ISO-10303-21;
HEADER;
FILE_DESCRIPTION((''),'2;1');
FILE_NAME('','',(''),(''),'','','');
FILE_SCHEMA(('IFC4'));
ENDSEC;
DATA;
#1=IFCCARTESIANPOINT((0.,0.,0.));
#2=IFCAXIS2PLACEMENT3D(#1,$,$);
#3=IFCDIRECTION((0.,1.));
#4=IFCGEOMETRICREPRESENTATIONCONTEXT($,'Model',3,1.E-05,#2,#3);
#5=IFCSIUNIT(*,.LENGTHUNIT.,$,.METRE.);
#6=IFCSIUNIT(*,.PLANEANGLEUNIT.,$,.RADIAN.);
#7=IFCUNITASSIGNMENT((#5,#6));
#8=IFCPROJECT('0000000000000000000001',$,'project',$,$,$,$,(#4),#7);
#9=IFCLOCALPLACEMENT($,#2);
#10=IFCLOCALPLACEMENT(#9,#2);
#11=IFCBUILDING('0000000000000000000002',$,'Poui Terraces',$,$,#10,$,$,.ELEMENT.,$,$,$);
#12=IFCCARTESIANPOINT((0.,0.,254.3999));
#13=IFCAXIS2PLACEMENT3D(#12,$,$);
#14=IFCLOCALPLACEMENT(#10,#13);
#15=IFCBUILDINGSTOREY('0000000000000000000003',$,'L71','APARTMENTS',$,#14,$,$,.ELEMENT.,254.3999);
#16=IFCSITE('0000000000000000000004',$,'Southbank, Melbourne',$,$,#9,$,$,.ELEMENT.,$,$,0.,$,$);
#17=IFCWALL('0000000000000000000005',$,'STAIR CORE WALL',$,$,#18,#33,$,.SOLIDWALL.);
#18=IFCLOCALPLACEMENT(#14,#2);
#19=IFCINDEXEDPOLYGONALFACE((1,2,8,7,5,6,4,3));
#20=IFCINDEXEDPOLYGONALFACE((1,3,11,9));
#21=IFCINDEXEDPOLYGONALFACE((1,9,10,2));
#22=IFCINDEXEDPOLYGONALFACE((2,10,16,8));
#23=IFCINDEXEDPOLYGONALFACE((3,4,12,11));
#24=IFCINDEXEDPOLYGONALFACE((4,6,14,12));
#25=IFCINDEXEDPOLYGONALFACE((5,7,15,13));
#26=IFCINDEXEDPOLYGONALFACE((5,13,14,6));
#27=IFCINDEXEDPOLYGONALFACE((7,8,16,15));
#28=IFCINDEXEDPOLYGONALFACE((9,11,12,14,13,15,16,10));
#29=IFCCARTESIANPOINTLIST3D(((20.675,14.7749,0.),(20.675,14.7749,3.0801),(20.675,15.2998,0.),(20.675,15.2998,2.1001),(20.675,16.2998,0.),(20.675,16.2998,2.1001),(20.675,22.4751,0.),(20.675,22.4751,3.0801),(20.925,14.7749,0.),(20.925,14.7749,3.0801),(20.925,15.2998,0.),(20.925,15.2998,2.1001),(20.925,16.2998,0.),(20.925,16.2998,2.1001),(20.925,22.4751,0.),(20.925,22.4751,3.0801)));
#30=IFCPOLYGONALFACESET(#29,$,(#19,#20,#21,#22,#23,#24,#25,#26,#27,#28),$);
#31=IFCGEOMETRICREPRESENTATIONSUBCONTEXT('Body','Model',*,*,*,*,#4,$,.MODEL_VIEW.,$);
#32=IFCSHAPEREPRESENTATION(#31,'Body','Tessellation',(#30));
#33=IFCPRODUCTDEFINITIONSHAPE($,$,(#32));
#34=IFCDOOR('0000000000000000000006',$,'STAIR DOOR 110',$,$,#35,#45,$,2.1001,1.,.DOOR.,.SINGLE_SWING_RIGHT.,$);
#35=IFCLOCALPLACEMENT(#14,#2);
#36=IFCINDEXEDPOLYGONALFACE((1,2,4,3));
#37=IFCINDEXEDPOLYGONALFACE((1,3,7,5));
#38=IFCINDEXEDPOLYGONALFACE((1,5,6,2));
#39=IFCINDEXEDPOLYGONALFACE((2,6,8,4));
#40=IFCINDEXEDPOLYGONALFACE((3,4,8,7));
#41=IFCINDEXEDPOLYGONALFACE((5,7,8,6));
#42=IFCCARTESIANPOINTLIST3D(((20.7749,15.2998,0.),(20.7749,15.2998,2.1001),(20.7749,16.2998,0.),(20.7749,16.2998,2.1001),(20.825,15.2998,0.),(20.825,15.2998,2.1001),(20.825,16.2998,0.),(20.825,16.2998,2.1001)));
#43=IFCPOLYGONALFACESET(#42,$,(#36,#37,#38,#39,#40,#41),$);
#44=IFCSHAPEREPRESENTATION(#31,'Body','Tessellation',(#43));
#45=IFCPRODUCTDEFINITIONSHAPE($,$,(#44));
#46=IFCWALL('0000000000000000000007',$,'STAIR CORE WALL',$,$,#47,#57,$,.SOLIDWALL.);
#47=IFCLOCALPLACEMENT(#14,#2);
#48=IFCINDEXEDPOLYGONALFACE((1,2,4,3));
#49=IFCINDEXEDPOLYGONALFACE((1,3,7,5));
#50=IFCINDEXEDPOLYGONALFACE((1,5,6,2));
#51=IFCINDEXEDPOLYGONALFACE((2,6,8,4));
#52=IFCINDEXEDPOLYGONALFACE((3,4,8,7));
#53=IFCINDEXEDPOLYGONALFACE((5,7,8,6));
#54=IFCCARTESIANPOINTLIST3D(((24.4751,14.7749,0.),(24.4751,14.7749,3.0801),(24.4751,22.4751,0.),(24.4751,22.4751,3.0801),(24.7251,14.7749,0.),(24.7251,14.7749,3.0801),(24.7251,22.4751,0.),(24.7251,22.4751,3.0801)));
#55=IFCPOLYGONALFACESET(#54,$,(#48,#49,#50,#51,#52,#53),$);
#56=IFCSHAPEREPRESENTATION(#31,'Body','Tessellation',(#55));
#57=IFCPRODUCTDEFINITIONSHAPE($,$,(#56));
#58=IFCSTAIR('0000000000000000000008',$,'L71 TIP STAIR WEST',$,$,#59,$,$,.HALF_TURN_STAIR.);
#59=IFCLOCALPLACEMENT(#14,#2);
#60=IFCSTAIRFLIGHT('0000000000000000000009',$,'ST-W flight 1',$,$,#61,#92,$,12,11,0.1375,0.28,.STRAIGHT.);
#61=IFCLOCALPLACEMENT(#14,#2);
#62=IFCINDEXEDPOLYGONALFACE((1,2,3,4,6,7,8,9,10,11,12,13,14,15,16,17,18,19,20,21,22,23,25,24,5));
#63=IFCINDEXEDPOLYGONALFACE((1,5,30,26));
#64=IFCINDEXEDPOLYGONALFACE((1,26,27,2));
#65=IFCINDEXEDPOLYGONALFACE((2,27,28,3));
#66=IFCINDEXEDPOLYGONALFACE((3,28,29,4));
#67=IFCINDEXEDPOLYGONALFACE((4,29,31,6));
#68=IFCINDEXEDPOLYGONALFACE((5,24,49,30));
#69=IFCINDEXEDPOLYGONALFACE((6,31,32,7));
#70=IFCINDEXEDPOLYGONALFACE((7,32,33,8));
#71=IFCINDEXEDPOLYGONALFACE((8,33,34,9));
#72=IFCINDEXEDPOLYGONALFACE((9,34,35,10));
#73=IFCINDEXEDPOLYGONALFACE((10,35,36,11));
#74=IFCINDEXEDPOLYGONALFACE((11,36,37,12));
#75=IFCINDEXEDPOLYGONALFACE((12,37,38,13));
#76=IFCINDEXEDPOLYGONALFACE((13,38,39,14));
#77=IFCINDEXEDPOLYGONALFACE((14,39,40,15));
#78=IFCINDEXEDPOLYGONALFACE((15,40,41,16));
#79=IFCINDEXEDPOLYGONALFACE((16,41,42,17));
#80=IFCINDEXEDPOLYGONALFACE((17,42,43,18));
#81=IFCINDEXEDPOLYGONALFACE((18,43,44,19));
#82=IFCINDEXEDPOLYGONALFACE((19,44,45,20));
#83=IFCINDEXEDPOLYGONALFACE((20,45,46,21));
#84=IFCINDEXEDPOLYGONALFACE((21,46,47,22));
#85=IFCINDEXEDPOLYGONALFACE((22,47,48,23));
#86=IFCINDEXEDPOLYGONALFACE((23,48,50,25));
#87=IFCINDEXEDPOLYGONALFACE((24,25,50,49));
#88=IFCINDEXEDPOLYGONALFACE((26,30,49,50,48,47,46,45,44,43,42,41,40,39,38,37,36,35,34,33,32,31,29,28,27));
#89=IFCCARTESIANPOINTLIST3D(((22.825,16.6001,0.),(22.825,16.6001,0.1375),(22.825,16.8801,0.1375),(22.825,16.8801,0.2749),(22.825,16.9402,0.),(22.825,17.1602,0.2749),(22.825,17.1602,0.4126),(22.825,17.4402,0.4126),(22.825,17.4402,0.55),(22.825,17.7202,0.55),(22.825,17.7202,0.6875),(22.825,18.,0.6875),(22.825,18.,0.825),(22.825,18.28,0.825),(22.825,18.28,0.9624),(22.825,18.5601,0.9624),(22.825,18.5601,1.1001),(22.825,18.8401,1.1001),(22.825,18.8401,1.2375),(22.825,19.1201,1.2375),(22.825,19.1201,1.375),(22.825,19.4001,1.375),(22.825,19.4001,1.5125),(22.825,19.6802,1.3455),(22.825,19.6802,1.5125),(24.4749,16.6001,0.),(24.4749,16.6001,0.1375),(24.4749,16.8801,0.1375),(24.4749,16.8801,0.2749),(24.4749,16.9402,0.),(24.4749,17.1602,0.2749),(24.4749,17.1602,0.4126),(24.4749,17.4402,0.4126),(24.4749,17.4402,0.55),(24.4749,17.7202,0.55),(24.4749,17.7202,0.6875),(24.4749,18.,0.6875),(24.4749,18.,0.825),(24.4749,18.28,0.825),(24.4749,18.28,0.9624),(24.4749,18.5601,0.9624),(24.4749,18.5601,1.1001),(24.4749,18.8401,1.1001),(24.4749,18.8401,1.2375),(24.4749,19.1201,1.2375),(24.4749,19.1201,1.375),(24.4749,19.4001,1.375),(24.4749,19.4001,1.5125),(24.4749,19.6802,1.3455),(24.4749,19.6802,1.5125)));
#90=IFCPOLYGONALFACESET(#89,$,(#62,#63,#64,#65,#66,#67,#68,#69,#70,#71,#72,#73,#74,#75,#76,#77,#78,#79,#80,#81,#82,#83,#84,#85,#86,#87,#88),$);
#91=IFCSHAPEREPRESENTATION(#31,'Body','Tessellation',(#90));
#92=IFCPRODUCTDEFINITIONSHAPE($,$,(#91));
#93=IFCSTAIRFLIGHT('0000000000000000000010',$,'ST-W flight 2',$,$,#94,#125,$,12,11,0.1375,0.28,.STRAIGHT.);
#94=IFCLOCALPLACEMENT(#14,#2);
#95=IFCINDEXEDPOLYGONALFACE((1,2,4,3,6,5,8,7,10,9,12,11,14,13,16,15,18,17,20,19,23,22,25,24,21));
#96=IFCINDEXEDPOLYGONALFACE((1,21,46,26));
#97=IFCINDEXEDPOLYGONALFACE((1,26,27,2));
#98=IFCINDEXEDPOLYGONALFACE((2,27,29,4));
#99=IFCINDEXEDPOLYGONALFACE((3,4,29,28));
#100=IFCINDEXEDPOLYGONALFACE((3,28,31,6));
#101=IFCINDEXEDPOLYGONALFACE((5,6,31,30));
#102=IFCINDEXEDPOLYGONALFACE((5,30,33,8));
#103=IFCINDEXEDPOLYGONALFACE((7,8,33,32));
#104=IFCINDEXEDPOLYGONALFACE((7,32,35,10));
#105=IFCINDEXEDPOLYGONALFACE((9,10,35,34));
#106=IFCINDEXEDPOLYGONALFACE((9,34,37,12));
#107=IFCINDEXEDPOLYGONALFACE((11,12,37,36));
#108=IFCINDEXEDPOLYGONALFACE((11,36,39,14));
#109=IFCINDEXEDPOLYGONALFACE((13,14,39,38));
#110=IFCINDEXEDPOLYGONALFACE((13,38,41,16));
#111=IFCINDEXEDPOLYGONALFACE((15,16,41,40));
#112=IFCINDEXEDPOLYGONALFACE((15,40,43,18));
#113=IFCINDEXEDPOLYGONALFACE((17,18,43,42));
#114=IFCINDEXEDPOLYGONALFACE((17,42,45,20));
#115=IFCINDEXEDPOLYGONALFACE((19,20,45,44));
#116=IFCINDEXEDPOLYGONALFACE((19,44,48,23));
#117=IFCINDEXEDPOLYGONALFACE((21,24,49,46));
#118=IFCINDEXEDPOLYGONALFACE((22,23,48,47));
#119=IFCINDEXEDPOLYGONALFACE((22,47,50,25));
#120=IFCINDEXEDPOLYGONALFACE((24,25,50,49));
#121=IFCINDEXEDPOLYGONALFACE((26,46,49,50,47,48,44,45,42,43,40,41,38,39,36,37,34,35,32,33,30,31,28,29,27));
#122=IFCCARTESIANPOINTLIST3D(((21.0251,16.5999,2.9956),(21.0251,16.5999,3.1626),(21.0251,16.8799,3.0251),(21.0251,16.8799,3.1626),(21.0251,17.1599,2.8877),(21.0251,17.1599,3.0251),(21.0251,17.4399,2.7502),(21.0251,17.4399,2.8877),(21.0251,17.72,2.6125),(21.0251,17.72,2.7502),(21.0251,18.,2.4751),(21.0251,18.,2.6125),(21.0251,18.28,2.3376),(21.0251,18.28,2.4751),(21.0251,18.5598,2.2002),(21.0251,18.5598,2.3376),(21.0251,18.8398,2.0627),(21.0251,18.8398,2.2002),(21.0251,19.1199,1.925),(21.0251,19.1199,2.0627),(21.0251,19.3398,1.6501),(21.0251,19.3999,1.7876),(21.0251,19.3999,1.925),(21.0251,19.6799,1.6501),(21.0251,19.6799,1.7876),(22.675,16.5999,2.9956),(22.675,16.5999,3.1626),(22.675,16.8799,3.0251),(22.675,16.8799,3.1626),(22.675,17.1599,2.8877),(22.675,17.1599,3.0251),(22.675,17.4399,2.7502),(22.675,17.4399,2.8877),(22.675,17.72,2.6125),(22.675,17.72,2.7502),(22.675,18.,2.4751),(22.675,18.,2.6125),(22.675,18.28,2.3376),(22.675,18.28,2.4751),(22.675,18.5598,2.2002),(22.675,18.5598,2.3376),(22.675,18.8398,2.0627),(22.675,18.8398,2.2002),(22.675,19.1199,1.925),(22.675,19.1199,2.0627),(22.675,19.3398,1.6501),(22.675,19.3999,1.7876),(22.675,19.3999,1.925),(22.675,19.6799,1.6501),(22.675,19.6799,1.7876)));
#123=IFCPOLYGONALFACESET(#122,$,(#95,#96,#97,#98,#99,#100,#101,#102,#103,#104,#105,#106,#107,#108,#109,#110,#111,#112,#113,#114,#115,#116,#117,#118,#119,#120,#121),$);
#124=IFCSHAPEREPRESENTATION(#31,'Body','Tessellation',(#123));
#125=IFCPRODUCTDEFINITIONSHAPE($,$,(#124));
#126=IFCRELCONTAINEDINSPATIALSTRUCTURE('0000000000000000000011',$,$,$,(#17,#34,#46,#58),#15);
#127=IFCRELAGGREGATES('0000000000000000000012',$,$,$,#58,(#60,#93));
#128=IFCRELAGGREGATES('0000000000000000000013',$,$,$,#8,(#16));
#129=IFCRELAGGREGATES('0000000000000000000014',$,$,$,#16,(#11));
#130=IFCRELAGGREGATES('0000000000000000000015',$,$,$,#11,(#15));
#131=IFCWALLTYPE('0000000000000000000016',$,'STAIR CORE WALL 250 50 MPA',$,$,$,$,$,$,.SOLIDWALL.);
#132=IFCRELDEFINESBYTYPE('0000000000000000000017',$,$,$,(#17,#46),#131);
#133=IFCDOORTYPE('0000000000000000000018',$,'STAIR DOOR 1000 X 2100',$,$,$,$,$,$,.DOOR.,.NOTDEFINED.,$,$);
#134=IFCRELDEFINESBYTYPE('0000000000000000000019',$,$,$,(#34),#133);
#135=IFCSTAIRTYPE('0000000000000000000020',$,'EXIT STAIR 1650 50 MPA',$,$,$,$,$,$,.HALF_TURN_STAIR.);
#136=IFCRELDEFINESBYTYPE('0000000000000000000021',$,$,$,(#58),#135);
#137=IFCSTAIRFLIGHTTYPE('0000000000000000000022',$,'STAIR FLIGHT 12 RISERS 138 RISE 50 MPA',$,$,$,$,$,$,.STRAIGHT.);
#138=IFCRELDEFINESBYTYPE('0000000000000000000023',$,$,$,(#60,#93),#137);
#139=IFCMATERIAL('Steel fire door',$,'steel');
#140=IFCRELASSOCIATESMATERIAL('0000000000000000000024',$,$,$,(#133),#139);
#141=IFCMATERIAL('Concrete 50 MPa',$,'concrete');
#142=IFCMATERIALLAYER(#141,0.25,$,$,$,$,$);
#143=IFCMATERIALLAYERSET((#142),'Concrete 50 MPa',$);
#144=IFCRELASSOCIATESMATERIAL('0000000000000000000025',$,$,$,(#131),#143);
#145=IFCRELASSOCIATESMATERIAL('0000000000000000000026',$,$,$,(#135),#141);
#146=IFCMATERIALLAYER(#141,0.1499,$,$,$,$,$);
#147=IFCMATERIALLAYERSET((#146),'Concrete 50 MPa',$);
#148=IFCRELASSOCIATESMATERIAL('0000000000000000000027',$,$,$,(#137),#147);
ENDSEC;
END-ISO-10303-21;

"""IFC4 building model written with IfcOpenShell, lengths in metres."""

from ifc_helpers import new_model, si_unit, direction, frame, frame_2d, origin, place, context, subcontext, project, spatial, polyline, rectangle, outline, extrude, material, layer, layer_set, type_object, element, fill, aggregate, save


model = new_model("IFC4")

# Units and contexts
model_context = context("Model", 3, precision=1e-05, world=origin(), true_north=direction((0.0, 1.0)))
body_context = subcontext(model_context, "Body", "Model", "MODEL_VIEW")
ifc_project = project(units=[si_unit("LENGTHUNIT", "METRE"), si_unit("PLANEANGLEUNIT", "RADIAN")], contexts=[model_context])

# Site, building, storey
site_placement = place(None, origin())
site = spatial("IfcSite", under=ifc_project, at=site_placement, Name="Southbank, Melbourne", CompositionType="ELEMENT", RefElevation=0.0)
building_placement = place(site_placement, origin())
building = spatial("IfcBuilding", under=site, at=building_placement, Name="Poui Terraces", CompositionType="ELEMENT")
storey_placement = place(building_placement, frame((0.0, 0.0, 254.3999)))
storey = spatial("IfcBuildingStorey", under=building, at=storey_placement, Name="L71", Description="APARTMENTS", CompositionType="ELEMENT", Elevation=254.3999)

# Shared definitions
ifc_material_1 = material(Name="Concrete 50 MPa", Category="concrete")
ifc_material_2 = material(Name="Steel fire door", Category="steel")
door_type_1 = type_object("IfcDoorType", Name="STAIR DOOR 1000 X 2100", OperationType="NOTDEFINED", PredefinedType="DOOR", material=ifc_material_2)

# Wall, opening, door
ifc_layer_1 = layer(ifc_material_1, 0.25)
ifc_layer_set_1 = layer_set([ifc_layer_1], Name="Concrete 50 MPa")
wall_type_1 = type_object("IfcWallType", Name="STAIR CORE WALL 250 50 MPA", PredefinedType="SOLIDWALL", material=ifc_layer_set_1)
wall_1_placement = place(storey_placement, frame((20.8, 14.7749, 0.0), z_axis=(0.0, 0.0, 1.0), x_axis=(0.0, 1.0, 0.0)))
wall_1 = element("IfcWall", 1, at=wall_1_placement, inside=storey, type_object=wall_type_1, Name="STAIR CORE WALL", PredefinedType="SOLIDWALL", context=body_context, shape_type="SweptSolid", body=[
    extrude(rectangle(XDim=7.7002, YDim=0.25, at=frame_2d((3.8501, 0.0))), origin(), (0.0, 0.0, 1.0), 3.0801),
])
opening_1_placement = place(wall_1_placement, frame((0.5249, 0.0, 0.0)))
opening_1 = element("IfcOpeningElement", 2, at=opening_1_placement, cuts=wall_1, PredefinedType="OPENING", context=body_context, shape_type="SweptSolid", body=[
    extrude(rectangle(XDim=1.0, YDim=2.1001, at=frame_2d((0.5, 1.05))), frame((0.0, 0.135, 0.0), z_axis=(0.0, -1.0, 0.0), x_axis=(1.0, 0.0, 0.0)), (0.0, 0.0, 1.0), 0.27),
])
door_1_placement = place(opening_1_placement, frame((1.0, 0.0, 0.0), z_axis=(0.0, 0.0, 1.0), x_axis=(-1.0, 0.0, 0.0)))
door_1 = element("IfcDoor", 3, at=door_1_placement, inside=storey, type_object=door_type_1, Name="STAIR DOOR 110", OperationType="SINGLE_SWING_RIGHT", OverallHeight=2.1001, OverallWidth=1.0, PredefinedType="DOOR", context=body_context, shape_type="SweptSolid", body=[
    extrude(rectangle(XDim=1.0, YDim=2.1001, at=frame_2d((0.5, 1.05))), frame((0.0, 0.0249, 0.0), z_axis=(0.0, -1.0, 0.0), x_axis=(1.0, 0.0, 0.0)), (0.0, 0.0, 1.0), 0.05),
])
fill(opening_1, door_1)

# Wall
wall_2_placement = place(storey_placement, frame((24.6001, 14.7749, 0.0), z_axis=(0.0, 0.0, 1.0), x_axis=(0.0, 1.0, 0.0)))
element("IfcWall", 4, at=wall_2_placement, inside=storey, type_object=wall_type_1, Name="STAIR CORE WALL", PredefinedType="SOLIDWALL", context=body_context, shape_type="SweptSolid", body=[
    extrude(rectangle(XDim=7.7002, YDim=0.25, at=frame_2d((3.8501, 0.0))), origin(), (0.0, 0.0, 1.0), 3.0801),
])

# Stair, stair flights
stair_type = type_object("IfcStairType", Name="EXIT STAIR 1650 50 MPA", PredefinedType="HALF_TURN_STAIR", material=ifc_material_1)
stair_placement = place(storey_placement, origin())
stair = element("IfcStair", 5, at=stair_placement, inside=storey, type_object=stair_type, Name="L71 TIP STAIR WEST", PredefinedType="HALF_TURN_STAIR")
ifc_layer_2 = layer(ifc_material_1, 0.1499)
ifc_layer_set_2 = layer_set([ifc_layer_2], Name="Concrete 50 MPa")
stair_flight_type = type_object("IfcStairFlightType", Name="STAIR FLIGHT 12 RISERS 138 RISE 50 MPA", PredefinedType="STRAIGHT", material=ifc_layer_set_2)
stair_flight_1_placement = place(storey_placement, frame((23.6499, 16.6001, 0.0), z_axis=(0.0, 0.0, 1.0), x_axis=(0.0, 1.0, 0.0)))
stair_flight_1 = element("IfcStairFlight", 6, at=stair_flight_1_placement, type_object=stair_flight_type, Name="ST-W flight 1", NumberOfRisers=12, NumberOfTreads=11, PredefinedType="STRAIGHT", RiserHeight=0.1375, TreadLength=0.28, context=body_context, shape_type="SweptSolid", body=[
    extrude(outline(polyline([(0.0, 0.0), (0.0, 0.1375), (0.28, 0.1375), (0.28, 0.2749), (0.5601, 0.2749), (0.5601, 0.4126), (0.8401, 0.4126), (0.8401, 0.55), (1.1201, 0.55), (1.1201, 0.6875), (1.3999, 0.6875), (1.3999, 0.825), (1.6799, 0.825), (1.6799, 0.9624), (1.96, 0.9624), (1.96, 1.1001), (2.24, 1.1001), (2.24, 1.2375), (2.52, 1.2375), (2.52, 1.375), (2.8, 1.375), (2.8, 1.5125), (3.0801, 1.5125), (3.0801, 1.6499), (3.0801, 1.3455), (0.3401, 0.0), (0.0, 0.0)])), frame((0.0, 0.825, 0.0), z_axis=(0.0, -1.0, 0.0), x_axis=(1.0, 0.0, 0.0)), (0.0, 0.0, 1.0), 1.6499),
])
stair_flight_2_placement = place(storey_placement, frame((21.8501, 19.6799, 1.6501), z_axis=(0.0, 0.0, 1.0), x_axis=(0.0, -1.0, 0.0)))
stair_flight_2 = element("IfcStairFlight", 7, at=stair_flight_2_placement, type_object=stair_flight_type, Name="ST-W flight 2", NumberOfRisers=12, NumberOfTreads=11, PredefinedType="STRAIGHT", RiserHeight=0.1375, TreadLength=0.28, context=body_context, shape_type="SweptSolid", body=[
    extrude(outline(polyline([(0.0, 0.0), (0.0, 0.1375), (0.28, 0.1375), (0.28, 0.2749), (0.5601, 0.2749), (0.5601, 0.4126), (0.8401, 0.4126), (0.8401, 0.55), (1.1201, 0.55), (1.1201, 0.6875), (1.3999, 0.6875), (1.3999, 0.825), (1.6799, 0.825), (1.6799, 0.9624), (1.96, 0.9624), (1.96, 1.1001), (2.24, 1.1001), (2.24, 1.2375), (2.52, 1.2375), (2.52, 1.375), (2.8, 1.375), (2.8, 1.5125), (3.0801, 1.5125), (3.0801, 1.6499), (3.0801, 1.3455), (0.3401, 0.0), (0.0, 0.0)])), frame((0.0, 0.825, 0.0), z_axis=(0.0, -1.0, 0.0), x_axis=(1.0, 0.0, 0.0)), (0.0, 0.0, 1.0), 1.6499),
])
aggregate(stair, [stair_flight_1, stair_flight_2])

save(model, "model.ifc")
